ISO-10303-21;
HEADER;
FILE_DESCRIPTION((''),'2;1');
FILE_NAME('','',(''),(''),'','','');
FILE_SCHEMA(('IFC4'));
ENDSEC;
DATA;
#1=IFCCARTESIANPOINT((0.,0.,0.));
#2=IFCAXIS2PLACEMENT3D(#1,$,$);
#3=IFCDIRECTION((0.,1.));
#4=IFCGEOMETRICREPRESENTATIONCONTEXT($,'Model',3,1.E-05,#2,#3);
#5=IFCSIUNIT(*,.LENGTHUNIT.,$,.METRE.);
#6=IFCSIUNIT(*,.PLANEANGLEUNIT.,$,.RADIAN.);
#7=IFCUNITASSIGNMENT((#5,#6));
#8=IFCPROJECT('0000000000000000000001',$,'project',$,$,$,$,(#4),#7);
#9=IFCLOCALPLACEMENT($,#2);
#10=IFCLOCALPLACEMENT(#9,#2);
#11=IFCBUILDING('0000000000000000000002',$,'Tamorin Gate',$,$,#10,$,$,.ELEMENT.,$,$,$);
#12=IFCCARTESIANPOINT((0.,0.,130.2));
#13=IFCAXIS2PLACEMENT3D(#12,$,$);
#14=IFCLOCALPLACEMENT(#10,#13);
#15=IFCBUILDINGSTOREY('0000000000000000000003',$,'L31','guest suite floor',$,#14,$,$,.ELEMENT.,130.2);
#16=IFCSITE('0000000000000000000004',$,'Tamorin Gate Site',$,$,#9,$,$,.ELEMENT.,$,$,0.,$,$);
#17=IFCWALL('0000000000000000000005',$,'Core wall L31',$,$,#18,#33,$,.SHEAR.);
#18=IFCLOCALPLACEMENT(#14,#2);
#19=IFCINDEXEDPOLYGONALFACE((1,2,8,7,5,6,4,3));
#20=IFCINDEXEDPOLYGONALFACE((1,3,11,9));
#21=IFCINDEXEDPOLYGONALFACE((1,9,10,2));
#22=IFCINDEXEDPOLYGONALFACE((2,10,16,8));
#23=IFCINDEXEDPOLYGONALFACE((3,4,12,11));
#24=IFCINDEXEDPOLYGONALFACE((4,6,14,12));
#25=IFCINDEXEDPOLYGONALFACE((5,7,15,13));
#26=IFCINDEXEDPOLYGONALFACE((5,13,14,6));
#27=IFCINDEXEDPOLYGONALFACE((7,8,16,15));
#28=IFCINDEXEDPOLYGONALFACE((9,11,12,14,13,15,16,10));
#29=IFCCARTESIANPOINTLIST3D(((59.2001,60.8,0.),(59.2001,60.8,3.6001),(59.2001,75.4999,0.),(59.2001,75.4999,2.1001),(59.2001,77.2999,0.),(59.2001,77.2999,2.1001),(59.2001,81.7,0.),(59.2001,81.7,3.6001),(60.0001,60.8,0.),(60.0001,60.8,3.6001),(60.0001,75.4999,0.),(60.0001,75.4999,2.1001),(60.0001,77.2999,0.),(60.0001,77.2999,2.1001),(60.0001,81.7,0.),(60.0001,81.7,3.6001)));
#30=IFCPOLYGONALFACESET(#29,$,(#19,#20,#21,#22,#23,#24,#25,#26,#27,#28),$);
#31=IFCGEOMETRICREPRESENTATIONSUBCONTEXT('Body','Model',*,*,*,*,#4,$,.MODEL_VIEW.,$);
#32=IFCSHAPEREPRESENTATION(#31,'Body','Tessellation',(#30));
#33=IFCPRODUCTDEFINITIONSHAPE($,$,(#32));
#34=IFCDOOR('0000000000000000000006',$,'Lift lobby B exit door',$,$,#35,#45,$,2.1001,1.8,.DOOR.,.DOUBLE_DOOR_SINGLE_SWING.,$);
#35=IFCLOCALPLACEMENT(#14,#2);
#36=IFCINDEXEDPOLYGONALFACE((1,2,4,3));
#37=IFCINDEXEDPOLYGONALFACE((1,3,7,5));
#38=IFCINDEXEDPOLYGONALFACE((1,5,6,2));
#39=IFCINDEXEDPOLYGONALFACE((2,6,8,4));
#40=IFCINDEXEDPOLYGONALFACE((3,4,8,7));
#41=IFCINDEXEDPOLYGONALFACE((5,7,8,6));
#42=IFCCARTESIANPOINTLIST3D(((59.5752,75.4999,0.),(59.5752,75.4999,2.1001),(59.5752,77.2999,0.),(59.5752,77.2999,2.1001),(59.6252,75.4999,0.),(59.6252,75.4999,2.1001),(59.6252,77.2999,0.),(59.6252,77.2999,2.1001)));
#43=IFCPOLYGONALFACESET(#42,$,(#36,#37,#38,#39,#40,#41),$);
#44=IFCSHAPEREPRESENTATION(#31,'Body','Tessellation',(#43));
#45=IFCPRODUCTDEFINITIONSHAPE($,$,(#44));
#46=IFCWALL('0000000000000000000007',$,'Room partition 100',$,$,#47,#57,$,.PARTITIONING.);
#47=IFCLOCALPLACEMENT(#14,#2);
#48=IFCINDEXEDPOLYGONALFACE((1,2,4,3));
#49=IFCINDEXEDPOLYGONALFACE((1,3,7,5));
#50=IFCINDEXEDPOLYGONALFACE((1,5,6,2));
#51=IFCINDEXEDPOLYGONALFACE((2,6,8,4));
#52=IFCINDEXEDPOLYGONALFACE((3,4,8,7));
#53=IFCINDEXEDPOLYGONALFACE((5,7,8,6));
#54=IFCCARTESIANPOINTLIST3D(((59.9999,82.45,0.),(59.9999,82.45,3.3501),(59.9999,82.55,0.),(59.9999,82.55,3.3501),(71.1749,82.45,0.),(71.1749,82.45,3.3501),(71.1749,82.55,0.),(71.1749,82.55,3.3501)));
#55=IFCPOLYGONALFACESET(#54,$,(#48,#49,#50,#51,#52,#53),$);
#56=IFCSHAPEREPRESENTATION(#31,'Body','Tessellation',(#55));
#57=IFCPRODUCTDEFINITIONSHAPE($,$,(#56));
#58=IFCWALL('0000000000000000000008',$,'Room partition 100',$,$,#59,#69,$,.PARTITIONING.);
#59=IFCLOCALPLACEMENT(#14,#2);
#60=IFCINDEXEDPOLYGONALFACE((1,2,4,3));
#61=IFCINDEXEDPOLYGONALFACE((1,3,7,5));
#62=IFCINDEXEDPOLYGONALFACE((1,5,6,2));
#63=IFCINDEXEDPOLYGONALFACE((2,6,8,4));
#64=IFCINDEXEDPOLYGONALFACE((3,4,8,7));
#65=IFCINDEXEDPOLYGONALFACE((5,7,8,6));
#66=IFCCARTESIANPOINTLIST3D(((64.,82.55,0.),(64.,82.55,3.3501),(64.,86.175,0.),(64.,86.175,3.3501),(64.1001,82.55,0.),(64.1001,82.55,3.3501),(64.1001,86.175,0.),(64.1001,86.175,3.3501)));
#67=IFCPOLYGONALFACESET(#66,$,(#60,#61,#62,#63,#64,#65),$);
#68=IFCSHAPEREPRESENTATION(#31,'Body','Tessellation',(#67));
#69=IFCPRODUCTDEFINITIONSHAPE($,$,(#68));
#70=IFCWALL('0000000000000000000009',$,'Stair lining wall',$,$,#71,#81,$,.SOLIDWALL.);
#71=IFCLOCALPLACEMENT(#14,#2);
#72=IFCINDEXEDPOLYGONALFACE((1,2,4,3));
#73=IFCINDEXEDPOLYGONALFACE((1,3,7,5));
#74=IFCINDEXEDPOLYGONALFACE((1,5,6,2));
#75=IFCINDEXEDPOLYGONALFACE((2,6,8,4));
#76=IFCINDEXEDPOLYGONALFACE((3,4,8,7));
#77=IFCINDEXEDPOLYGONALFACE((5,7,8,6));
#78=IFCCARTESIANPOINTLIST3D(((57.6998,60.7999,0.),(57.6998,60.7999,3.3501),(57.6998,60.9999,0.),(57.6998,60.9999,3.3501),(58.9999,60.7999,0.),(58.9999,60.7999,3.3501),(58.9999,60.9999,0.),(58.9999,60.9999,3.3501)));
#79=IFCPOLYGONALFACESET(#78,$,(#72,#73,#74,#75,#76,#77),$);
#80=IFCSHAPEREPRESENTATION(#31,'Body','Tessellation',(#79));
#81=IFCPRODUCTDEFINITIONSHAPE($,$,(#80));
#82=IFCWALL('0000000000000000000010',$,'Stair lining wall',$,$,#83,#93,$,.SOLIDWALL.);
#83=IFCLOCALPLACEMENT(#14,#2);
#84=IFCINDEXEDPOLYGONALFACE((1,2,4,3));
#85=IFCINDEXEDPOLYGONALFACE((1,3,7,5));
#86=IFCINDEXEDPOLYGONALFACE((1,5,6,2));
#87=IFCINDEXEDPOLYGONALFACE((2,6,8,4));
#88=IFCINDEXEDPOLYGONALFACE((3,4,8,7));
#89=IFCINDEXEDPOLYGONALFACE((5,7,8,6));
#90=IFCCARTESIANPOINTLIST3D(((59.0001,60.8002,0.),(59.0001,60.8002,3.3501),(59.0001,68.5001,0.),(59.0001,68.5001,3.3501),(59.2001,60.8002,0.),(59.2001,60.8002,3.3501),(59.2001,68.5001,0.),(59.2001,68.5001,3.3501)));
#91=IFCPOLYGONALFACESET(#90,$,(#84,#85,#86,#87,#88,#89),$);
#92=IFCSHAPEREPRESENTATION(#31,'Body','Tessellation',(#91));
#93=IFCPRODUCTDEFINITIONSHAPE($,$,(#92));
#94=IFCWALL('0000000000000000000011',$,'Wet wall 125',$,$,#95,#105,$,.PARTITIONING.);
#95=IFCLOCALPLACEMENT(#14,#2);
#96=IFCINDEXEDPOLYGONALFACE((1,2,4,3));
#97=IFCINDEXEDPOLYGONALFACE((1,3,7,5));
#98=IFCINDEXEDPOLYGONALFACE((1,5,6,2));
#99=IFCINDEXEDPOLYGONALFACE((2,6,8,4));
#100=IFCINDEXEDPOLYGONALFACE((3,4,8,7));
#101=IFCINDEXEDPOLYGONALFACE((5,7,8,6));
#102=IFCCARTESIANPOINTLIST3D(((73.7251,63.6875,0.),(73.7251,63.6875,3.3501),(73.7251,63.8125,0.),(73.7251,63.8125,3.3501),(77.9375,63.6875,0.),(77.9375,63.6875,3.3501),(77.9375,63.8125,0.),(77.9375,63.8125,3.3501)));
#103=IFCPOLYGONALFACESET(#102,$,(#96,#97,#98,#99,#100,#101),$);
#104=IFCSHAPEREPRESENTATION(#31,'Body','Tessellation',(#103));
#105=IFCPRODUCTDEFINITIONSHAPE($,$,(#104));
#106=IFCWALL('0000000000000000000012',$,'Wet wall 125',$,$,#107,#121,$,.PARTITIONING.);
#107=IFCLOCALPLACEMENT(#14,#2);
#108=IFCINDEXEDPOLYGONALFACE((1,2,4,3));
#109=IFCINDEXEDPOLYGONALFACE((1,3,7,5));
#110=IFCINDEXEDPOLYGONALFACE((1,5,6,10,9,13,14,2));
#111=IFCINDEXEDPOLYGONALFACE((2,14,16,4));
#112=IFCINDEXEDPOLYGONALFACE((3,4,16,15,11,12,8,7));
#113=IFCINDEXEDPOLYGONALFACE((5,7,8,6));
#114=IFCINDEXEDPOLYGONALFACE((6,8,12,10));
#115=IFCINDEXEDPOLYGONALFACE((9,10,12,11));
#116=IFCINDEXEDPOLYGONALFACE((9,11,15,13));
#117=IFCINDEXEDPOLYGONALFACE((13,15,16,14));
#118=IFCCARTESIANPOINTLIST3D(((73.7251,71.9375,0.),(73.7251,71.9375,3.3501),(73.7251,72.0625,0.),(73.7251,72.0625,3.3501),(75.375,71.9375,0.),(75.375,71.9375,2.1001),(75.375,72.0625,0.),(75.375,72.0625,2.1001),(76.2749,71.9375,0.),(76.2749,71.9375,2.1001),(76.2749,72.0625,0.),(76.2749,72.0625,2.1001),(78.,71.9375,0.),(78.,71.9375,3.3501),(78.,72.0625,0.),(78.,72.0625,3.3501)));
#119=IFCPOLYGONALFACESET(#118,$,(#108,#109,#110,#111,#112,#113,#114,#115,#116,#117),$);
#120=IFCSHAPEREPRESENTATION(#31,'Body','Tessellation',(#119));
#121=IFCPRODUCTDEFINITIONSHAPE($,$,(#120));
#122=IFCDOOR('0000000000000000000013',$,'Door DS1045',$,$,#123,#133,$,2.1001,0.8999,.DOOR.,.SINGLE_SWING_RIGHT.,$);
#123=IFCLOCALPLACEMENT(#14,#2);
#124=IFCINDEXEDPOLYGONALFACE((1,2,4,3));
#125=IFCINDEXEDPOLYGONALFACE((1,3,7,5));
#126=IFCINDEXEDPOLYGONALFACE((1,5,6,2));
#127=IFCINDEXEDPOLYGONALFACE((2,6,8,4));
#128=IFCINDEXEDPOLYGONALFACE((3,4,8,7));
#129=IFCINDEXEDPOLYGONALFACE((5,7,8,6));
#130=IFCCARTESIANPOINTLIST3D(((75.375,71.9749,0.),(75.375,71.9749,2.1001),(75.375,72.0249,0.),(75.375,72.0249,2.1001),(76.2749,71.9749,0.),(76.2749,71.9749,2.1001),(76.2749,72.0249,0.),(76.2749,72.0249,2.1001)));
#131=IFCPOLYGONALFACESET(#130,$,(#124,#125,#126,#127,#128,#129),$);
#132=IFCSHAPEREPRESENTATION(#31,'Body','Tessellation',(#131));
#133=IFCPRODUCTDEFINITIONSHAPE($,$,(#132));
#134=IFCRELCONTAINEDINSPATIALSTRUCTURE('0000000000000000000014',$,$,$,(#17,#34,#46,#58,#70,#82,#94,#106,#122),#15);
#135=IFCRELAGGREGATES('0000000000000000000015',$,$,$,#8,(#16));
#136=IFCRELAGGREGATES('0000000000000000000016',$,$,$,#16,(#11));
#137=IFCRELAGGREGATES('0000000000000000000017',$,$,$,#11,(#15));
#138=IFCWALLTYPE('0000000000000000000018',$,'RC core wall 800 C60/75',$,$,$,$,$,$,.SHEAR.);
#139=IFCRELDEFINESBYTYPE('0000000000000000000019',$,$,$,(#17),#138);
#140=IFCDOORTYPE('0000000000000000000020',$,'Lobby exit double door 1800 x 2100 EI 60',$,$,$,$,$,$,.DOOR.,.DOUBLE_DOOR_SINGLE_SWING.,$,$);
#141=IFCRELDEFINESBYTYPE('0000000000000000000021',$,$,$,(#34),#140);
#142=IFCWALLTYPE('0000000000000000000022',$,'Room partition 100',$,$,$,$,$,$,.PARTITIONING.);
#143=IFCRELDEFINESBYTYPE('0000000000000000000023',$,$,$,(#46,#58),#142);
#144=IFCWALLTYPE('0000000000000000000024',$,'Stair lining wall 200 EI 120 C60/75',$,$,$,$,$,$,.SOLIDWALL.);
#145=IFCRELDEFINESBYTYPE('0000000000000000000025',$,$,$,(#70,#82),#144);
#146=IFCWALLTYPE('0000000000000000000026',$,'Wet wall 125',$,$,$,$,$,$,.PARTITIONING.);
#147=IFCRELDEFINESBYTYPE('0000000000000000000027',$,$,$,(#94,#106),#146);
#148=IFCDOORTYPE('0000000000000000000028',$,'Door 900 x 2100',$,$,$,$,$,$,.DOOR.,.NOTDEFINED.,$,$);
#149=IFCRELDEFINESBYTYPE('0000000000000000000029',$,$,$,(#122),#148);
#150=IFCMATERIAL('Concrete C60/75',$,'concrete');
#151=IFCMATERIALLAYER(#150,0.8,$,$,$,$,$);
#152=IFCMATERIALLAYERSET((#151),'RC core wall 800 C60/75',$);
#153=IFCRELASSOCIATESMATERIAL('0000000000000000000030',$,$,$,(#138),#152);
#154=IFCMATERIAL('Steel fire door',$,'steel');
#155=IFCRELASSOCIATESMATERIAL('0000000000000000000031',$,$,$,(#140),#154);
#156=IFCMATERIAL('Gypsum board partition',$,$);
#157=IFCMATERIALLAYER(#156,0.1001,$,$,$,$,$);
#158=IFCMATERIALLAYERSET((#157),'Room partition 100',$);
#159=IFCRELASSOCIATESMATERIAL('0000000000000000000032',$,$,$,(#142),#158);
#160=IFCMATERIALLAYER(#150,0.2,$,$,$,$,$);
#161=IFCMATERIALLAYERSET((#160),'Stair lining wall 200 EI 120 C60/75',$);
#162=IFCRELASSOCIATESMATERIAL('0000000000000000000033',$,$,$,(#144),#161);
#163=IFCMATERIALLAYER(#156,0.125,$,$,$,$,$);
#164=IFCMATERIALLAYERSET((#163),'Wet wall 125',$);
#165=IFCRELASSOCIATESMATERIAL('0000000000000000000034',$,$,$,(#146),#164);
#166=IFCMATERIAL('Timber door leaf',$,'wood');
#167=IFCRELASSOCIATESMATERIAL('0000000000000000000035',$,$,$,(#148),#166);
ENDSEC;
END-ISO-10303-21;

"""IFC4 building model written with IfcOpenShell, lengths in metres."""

from ifc_helpers import new_model, si_unit, direction, frame, frame_2d, origin, place, context, subcontext, project, spatial, rectangle, extrude, material, layer, layer_set, type_object, element, fill, save


model = new_model("IFC4")

# Units and contexts
model_context = context("Model", 3, precision=1e-05, world=origin(), true_north=direction((0.0, 1.0)))
body_context = subcontext(model_context, "Body", "Model", "MODEL_VIEW")
ifc_project = project(units=[si_unit("LENGTHUNIT", "METRE"), si_unit("PLANEANGLEUNIT", "RADIAN")], contexts=[model_context])

# Site, building, storey
site_placement = place(None, origin())
site = spatial("IfcSite", under=ifc_project, at=site_placement, Name="Tamorin Gate Site", CompositionType="ELEMENT", RefElevation=0.0)
building_placement = place(site_placement, origin())
building = spatial("IfcBuilding", under=site, at=building_placement, Name="Tamorin Gate", CompositionType="ELEMENT")
storey_placement = place(building_placement, frame((0.0, 0.0, 130.2)))
storey = spatial("IfcBuildingStorey", under=building, at=storey_placement, Name="L31", Description="guest suite floor", CompositionType="ELEMENT", Elevation=130.2)

# Shared definitions
ifc_material_1 = material(Name="Gypsum board partition")
ifc_material_2 = material(Name="Timber door leaf", Category="wood")

# Wall, opening, door
ifc_material_3 = material(Name="Concrete C60/75", Category="concrete")
ifc_layer_1 = layer(ifc_material_3, 0.8)
ifc_layer_set_1 = layer_set([ifc_layer_1], Name="RC core wall 800 C60/75")
wall_type_1 = type_object("IfcWallType", Name="RC core wall 800 C60/75", PredefinedType="SHEAR", material=ifc_layer_set_1)
wall_1_placement = place(storey_placement, frame((59.6001, 60.8, 0.0), z_axis=(0.0, 0.0, 1.0), x_axis=(0.0, 1.0, 0.0)))
wall_1 = element("IfcWall", 1, at=wall_1_placement, inside=storey, type_object=wall_type_1, Name="Core wall L31", PredefinedType="SHEAR", context=body_context, shape_type="SweptSolid", body=[
    extrude(rectangle(XDim=20.8999, YDim=0.8, at=frame_2d((10.45, 0.0))), origin(), (0.0, 0.0, 1.0), 3.6001),
])
opening_1_placement = place(wall_1_placement, frame((14.7, 0.0, 0.0)))
opening_1 = element("IfcOpeningElement", 2, at=opening_1_placement, cuts=wall_1, PredefinedType="OPENING", context=body_context, shape_type="SweptSolid", body=[
    extrude(rectangle(XDim=1.8, YDim=2.1001, at=frame_2d((0.8999, 1.05))), frame((0.0, 0.4099, 0.0), z_axis=(0.0, -1.0, 0.0), x_axis=(1.0, 0.0, 0.0)), (0.0, 0.0, 1.0), 0.8201),
])
ifc_material_4 = material(Name="Steel fire door", Category="steel")
door_type_1 = type_object("IfcDoorType", Name="Lobby exit double door 1800 x 2100 EI 60", OperationType="DOUBLE_DOOR_SINGLE_SWING", PredefinedType="DOOR", material=ifc_material_4)
door_1_placement = place(opening_1_placement, origin())
door_1 = element("IfcDoor", 3, at=door_1_placement, inside=storey, type_object=door_type_1, Name="Lift lobby B exit door", OperationType="DOUBLE_DOOR_SINGLE_SWING", OverallHeight=2.1001, OverallWidth=1.8, PredefinedType="DOOR", context=body_context, shape_type="SweptSolid", body=[
    extrude(rectangle(XDim=1.8, YDim=2.1001, at=frame_2d((0.8999, 1.05))), frame((0.0, 0.0249, 0.0), z_axis=(0.0, -1.0, 0.0), x_axis=(1.0, 0.0, 0.0)), (0.0, 0.0, 1.0), 0.05),
])
fill(opening_1, door_1)

# Walls
ifc_layer_2 = layer(ifc_material_1, 0.1001)
ifc_layer_set_2 = layer_set([ifc_layer_2], Name="Room partition 100")
wall_type_2 = type_object("IfcWallType", Name="Room partition 100", PredefinedType="PARTITIONING", material=ifc_layer_set_2)
wall_2_placement = place(storey_placement, frame((60.0, 82.5, 0.0), z_axis=(0.0, 0.0, 1.0), x_axis=(1.0, 0.0, 0.0)))
element("IfcWall", 4, at=wall_2_placement, inside=storey, type_object=wall_type_2, Name="Room partition 100", PredefinedType="PARTITIONING", context=body_context, shape_type="SweptSolid", body=[
    extrude(rectangle(XDim=11.175, YDim=0.1001, at=frame_2d((5.5874, 0.0))), origin(), (0.0, 0.0, 1.0), 3.3501),
])
wall_3_placement = place(storey_placement, frame((64.05, 82.55, 0.0), z_axis=(0.0, 0.0, 1.0), x_axis=(0.0, 1.0, 0.0)))
element("IfcWall", 5, at=wall_3_placement, inside=storey, type_object=wall_type_2, Name="Room partition 100", PredefinedType="PARTITIONING", context=body_context, shape_type="SweptSolid", body=[
    extrude(rectangle(XDim=3.625, YDim=0.1001, at=frame_2d((1.8125, 0.0))), origin(), (0.0, 0.0, 1.0), 3.3501),
])
ifc_layer_3 = layer(ifc_material_3, 0.2)
ifc_layer_set_3 = layer_set([ifc_layer_3], Name="Stair lining wall 200 EI 120 C60/75")
wall_type_3 = type_object("IfcWallType", Name="Stair lining wall 200 EI 120 C60/75", PredefinedType="SOLIDWALL", material=ifc_layer_set_3)
wall_4_placement = place(storey_placement, frame((57.7, 60.8999, 0.0), z_axis=(0.0, 0.0, 1.0), x_axis=(1.0, 0.0, 0.0)))
element("IfcWall", 6, at=wall_4_placement, inside=storey, type_object=wall_type_3, Name="Stair lining wall", PredefinedType="SOLIDWALL", context=body_context, shape_type="SweptSolid", body=[
    extrude(rectangle(XDim=1.3, YDim=0.2, at=frame_2d((0.6499, 0.0))), origin(), (0.0, 0.0, 1.0), 3.3501),
])
wall_5_placement = place(storey_placement, frame((59.1001, 60.8, 0.0), z_axis=(0.0, 0.0, 1.0), x_axis=(0.0, 1.0, 0.0)))
element("IfcWall", 7, at=wall_5_placement, inside=storey, type_object=wall_type_3, Name="Stair lining wall", PredefinedType="SOLIDWALL", context=body_context, shape_type="SweptSolid", body=[
    extrude(rectangle(XDim=7.7, YDim=0.2, at=frame_2d((3.8501, 0.0))), origin(), (0.0, 0.0, 1.0), 3.3501),
])
ifc_layer_4 = layer(ifc_material_1, 0.125)
ifc_layer_set_4 = layer_set([ifc_layer_4], Name="Wet wall 125")
wall_type_4 = type_object("IfcWallType", Name="Wet wall 125", PredefinedType="PARTITIONING", material=ifc_layer_set_4)
wall_6_placement = place(storey_placement, frame((73.7251, 63.75, 0.0), z_axis=(0.0, 0.0, 1.0), x_axis=(1.0, 0.0, 0.0)))
element("IfcWall", 8, at=wall_6_placement, inside=storey, type_object=wall_type_4, Name="Wet wall 125", PredefinedType="PARTITIONING", context=body_context, shape_type="SweptSolid", body=[
    extrude(rectangle(XDim=4.2124, YDim=0.125, at=frame_2d((2.1062, 0.0))), origin(), (0.0, 0.0, 1.0), 3.3501),
])

# Wall, opening, door
wall_7_placement = place(storey_placement, frame((73.7251, 72.0, 0.0), z_axis=(0.0, 0.0, 1.0), x_axis=(1.0, 0.0, 0.0)))
wall_7 = element("IfcWall", 9, at=wall_7_placement, inside=storey, type_object=wall_type_4, Name="Wet wall 125", PredefinedType="PARTITIONING", context=body_context, shape_type="SweptSolid", body=[
    extrude(rectangle(XDim=4.2749, YDim=0.125, at=frame_2d((2.1375, 0.0))), origin(), (0.0, 0.0, 1.0), 3.3501),
])
opening_2_placement = place(wall_7_placement, frame((1.6499, 0.0, 0.0)))
opening_2 = element("IfcOpeningElement", 10, at=opening_2_placement, cuts=wall_7, PredefinedType="OPENING", context=body_context, shape_type="SweptSolid", body=[
    extrude(rectangle(XDim=0.8999, YDim=2.1001, at=frame_2d((0.45, 1.05))), frame((0.0, 0.0725, 0.0), z_axis=(0.0, -1.0, 0.0), x_axis=(1.0, 0.0, 0.0)), (0.0, 0.0, 1.0), 0.145),
])
door_type_2 = type_object("IfcDoorType", Name="Door 900 x 2100", OperationType="NOTDEFINED", PredefinedType="DOOR", material=ifc_material_2)
door_2_placement = place(opening_2_placement, origin())
door_2 = element("IfcDoor", 11, at=door_2_placement, inside=storey, type_object=door_type_2, Name="Door DS1045", OperationType="SINGLE_SWING_RIGHT", OverallHeight=2.1001, OverallWidth=0.8999, PredefinedType="DOOR", context=body_context, shape_type="SweptSolid", body=[
    extrude(rectangle(XDim=0.8999, YDim=2.1001, at=frame_2d((0.45, 1.05))), frame((0.0, 0.0249, 0.0), z_axis=(0.0, -1.0, 0.0), x_axis=(1.0, 0.0, 0.0)), (0.0, 0.0, 1.0), 0.05),
])
fill(opening_2, door_2)

save(model, "model.ifc")
